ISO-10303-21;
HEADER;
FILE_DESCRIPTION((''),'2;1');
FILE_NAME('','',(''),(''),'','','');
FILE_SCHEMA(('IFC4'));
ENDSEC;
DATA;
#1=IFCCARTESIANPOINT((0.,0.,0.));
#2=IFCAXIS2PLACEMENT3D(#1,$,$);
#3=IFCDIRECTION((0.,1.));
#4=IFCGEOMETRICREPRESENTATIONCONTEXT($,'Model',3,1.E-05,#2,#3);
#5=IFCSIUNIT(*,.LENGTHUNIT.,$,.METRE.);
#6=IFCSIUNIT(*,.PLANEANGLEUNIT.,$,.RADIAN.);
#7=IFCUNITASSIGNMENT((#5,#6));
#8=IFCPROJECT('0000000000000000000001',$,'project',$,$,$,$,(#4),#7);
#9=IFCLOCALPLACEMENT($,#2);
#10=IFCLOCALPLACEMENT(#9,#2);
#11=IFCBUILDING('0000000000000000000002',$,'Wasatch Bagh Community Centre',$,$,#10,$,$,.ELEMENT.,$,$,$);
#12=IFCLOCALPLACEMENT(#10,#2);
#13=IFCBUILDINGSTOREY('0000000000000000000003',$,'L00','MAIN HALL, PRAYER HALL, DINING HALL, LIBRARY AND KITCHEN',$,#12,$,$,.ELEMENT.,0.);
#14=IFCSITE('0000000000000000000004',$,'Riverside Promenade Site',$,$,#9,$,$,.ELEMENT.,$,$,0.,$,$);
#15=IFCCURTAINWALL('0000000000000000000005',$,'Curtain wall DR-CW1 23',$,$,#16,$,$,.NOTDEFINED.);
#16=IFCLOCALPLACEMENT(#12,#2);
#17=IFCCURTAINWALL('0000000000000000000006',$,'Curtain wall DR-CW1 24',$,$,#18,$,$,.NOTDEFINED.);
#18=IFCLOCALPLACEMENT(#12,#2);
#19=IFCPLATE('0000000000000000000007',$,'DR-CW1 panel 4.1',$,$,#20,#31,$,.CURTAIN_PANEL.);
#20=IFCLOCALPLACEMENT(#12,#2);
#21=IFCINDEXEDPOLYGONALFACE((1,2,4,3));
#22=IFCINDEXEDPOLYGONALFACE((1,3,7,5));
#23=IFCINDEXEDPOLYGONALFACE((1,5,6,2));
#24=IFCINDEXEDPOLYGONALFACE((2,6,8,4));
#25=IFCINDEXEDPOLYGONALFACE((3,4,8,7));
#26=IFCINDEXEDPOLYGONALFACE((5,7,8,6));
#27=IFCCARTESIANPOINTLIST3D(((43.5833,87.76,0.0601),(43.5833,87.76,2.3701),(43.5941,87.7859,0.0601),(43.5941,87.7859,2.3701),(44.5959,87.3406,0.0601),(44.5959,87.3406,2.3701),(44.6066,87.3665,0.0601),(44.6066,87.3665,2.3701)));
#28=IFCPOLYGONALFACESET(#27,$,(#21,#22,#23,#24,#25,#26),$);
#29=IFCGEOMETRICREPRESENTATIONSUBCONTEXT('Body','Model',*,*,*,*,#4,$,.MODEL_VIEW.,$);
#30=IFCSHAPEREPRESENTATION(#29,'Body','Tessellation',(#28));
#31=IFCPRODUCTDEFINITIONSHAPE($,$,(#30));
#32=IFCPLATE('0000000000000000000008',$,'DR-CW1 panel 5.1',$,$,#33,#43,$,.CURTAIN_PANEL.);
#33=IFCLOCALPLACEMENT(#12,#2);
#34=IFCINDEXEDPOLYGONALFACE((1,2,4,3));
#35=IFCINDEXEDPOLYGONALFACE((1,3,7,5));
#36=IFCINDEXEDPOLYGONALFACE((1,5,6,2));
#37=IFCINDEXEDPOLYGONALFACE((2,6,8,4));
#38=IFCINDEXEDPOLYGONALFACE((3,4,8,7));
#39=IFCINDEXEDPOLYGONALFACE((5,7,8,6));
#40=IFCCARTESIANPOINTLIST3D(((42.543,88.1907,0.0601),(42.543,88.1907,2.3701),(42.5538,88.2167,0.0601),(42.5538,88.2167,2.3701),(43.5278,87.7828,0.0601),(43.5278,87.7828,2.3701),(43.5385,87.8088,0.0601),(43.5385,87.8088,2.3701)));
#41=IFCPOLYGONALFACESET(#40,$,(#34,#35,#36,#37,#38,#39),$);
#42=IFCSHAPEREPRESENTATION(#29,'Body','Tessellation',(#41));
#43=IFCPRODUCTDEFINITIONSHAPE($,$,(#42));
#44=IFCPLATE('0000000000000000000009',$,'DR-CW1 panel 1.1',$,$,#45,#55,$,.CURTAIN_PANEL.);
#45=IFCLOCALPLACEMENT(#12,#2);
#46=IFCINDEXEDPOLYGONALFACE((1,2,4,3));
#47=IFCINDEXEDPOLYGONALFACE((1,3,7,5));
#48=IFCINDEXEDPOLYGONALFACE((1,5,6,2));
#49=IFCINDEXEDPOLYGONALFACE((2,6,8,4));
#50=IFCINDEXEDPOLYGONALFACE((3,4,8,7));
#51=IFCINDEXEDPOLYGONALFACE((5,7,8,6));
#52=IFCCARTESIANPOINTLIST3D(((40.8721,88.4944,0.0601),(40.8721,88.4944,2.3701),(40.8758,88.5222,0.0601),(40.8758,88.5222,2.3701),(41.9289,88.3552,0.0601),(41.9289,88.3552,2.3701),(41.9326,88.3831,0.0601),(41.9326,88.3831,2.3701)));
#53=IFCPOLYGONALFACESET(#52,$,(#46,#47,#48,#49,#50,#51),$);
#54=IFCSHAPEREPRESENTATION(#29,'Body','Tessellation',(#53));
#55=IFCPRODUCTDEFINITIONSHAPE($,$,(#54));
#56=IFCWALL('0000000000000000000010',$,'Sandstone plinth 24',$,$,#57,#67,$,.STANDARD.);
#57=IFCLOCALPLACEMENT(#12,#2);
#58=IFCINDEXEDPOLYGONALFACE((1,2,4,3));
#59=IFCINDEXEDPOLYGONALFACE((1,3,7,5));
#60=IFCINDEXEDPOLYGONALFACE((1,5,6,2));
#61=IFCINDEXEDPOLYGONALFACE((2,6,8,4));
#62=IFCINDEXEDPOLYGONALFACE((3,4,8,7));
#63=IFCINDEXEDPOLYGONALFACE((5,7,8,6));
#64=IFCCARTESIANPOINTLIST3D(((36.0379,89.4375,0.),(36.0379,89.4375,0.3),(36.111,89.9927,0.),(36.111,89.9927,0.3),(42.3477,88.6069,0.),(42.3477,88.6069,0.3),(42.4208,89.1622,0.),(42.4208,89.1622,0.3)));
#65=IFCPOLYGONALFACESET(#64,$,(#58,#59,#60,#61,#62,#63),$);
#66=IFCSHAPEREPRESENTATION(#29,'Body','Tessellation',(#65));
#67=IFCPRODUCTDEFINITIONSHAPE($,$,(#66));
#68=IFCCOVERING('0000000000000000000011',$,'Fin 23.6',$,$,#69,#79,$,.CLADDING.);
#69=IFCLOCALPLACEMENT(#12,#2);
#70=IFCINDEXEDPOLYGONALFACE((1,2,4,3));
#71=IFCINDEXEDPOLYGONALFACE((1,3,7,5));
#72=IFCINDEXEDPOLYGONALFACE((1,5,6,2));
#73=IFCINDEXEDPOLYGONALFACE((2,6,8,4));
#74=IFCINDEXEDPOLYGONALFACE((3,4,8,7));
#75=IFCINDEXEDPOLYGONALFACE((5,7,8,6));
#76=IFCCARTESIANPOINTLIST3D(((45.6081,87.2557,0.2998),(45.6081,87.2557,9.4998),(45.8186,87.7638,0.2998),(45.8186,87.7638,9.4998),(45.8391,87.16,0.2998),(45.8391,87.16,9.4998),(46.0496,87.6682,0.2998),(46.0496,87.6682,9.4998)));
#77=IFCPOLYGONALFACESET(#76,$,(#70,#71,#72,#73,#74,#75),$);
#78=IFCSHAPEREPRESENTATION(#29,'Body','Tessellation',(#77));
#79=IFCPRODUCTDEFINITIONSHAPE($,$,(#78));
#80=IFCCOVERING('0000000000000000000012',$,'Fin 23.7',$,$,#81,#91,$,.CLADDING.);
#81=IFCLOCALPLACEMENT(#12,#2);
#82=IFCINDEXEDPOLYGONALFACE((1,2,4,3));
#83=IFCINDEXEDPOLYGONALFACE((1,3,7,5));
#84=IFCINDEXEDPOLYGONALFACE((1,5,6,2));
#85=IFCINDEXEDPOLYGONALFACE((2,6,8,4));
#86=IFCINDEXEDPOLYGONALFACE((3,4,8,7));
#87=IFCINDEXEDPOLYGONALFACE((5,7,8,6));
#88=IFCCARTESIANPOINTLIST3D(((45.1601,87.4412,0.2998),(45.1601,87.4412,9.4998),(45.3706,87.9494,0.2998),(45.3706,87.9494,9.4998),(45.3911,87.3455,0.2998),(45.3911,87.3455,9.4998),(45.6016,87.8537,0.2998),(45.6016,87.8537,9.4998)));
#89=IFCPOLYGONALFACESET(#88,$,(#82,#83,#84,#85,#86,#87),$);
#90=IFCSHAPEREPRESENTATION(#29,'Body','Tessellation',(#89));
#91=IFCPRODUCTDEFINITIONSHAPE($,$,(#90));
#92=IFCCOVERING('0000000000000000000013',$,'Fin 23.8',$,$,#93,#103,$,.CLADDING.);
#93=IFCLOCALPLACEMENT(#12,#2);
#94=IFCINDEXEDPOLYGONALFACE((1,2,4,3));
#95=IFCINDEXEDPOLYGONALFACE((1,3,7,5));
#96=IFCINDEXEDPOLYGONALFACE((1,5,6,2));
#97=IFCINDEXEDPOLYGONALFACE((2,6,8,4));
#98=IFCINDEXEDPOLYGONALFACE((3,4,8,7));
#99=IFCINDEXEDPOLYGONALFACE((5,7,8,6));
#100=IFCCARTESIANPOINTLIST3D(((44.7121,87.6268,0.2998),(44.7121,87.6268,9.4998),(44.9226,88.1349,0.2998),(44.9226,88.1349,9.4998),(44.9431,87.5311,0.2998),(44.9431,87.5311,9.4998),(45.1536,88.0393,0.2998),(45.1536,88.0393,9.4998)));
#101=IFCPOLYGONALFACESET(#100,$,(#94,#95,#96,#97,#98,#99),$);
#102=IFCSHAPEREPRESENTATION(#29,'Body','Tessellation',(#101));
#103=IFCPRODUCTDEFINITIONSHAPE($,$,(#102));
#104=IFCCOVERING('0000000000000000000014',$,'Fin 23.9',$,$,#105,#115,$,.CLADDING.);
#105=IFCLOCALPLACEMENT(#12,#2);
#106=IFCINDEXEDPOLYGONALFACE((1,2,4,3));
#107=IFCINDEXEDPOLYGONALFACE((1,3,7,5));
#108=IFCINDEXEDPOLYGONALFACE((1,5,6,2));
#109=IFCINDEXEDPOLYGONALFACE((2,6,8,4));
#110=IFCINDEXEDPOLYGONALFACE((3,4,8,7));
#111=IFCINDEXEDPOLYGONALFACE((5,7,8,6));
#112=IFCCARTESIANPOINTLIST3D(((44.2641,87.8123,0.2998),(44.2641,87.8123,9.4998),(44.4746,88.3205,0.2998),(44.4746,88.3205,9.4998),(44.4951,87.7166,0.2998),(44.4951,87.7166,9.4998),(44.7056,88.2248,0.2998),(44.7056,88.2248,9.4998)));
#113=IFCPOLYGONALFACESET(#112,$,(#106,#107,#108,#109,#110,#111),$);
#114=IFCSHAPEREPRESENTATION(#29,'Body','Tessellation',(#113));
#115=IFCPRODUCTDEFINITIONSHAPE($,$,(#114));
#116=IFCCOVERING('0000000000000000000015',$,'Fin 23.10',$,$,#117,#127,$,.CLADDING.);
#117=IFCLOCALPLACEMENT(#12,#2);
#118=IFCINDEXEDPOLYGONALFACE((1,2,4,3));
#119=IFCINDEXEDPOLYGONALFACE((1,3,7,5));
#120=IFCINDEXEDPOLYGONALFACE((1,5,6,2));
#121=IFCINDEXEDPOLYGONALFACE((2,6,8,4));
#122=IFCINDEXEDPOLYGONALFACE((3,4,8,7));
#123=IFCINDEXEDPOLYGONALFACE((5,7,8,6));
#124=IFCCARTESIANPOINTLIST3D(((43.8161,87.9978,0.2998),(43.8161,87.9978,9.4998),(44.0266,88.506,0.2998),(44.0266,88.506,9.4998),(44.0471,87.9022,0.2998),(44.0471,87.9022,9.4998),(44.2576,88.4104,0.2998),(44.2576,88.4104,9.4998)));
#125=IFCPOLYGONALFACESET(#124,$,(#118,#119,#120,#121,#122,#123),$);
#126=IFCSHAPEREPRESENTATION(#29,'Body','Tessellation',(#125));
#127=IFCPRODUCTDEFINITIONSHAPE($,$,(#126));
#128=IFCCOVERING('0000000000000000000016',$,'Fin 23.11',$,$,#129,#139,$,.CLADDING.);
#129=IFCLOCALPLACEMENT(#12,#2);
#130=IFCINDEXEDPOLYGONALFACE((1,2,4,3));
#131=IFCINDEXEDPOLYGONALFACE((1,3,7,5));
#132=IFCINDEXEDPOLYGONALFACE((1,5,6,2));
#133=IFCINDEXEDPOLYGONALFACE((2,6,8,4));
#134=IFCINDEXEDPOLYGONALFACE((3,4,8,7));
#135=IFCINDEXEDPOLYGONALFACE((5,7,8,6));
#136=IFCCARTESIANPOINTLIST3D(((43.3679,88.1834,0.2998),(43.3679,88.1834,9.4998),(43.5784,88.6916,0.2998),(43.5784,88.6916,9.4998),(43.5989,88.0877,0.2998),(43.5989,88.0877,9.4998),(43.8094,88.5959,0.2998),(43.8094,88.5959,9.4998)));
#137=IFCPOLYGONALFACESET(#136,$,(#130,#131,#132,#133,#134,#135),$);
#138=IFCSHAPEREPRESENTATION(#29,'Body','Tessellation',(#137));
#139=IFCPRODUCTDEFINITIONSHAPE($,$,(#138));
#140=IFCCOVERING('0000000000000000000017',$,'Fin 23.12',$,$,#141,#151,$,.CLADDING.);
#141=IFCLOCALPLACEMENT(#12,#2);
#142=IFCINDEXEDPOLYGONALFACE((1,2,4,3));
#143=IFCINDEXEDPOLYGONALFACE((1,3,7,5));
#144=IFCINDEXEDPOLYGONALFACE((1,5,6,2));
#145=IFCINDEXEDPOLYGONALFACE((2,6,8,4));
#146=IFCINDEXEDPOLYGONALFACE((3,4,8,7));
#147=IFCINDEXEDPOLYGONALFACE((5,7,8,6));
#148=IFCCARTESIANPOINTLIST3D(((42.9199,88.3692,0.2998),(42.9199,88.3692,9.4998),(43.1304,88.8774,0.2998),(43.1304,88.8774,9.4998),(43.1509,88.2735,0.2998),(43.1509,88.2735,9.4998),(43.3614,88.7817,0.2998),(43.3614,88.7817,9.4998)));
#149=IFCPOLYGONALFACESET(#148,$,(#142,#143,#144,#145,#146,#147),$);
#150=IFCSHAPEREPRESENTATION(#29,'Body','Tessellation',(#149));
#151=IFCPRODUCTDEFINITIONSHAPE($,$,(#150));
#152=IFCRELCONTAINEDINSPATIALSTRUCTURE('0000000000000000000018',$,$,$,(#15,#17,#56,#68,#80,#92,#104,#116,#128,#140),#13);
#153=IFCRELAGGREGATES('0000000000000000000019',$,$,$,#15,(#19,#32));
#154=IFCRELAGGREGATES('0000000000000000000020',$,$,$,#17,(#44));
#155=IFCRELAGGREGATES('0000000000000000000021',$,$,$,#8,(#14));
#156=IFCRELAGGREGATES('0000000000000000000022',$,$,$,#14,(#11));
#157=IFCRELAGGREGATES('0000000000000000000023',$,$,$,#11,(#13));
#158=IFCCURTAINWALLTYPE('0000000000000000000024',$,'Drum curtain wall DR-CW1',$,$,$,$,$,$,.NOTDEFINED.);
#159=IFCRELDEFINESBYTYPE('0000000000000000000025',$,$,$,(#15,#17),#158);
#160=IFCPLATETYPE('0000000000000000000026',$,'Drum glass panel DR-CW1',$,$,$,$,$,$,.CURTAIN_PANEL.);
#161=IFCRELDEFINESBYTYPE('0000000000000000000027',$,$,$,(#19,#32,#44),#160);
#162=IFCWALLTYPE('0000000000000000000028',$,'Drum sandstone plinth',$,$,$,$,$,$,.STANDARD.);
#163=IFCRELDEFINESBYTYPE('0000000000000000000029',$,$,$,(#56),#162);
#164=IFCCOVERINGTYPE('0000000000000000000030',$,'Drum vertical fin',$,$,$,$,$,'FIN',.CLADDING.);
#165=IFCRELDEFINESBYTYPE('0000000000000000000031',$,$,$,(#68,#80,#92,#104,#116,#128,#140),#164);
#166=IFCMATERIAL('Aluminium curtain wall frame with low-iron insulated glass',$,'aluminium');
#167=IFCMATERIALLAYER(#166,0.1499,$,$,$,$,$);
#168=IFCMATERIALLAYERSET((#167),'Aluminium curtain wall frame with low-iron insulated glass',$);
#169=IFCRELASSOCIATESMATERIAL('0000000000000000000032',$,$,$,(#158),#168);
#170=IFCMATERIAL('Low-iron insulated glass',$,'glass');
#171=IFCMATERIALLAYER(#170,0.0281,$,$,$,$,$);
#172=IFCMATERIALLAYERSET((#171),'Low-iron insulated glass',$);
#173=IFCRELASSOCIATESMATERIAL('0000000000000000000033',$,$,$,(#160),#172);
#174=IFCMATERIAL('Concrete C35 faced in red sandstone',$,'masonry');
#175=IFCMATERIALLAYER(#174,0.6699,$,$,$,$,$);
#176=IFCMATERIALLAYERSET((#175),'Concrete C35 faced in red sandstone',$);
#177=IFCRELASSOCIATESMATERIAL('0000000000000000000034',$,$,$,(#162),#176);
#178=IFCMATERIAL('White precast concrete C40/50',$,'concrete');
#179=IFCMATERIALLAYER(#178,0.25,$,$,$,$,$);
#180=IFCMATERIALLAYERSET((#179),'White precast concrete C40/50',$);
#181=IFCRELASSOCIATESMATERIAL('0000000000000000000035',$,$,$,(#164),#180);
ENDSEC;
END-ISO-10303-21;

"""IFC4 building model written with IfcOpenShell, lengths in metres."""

from ifc_helpers import new_model, si_unit, direction, frame, frame_2d, origin, origin_2d, place, context, subcontext, project, spatial, rectangle, extrude, material, layer, layer_set, type_object, element, aggregate, save


model = new_model("IFC4")

# Units and contexts
model_context = context("Model", 3, precision=1e-05, world=origin(), true_north=direction((0.0, 1.0)))
body_context = subcontext(model_context, "Body", "Model", "MODEL_VIEW")
ifc_project = project(units=[si_unit("LENGTHUNIT", "METRE"), si_unit("PLANEANGLEUNIT", "RADIAN")], contexts=[model_context])

# Site, building, storey
site_placement = place(None, origin())
site = spatial("IfcSite", under=ifc_project, at=site_placement, Name="Riverside Promenade Site", CompositionType="ELEMENT", RefElevation=0.0)
building_placement = place(site_placement, origin())
building = spatial("IfcBuilding", under=site, at=building_placement, Name="Wasatch Bagh Community Centre", CompositionType="ELEMENT")
storey_placement = place(building_placement, origin())
storey = spatial("IfcBuildingStorey", under=building, at=storey_placement, Name="L00", Description="MAIN HALL, PRAYER HALL, DINING HALL, LIBRARY AND KITCHEN", CompositionType="ELEMENT", Elevation=0.0)

# Curtain walls
ifc_material_1 = material(Name="Aluminium curtain wall frame with low-iron insulated glass", Category="aluminium")
ifc_layer_1 = layer(ifc_material_1, 0.1499)
ifc_layer_set_1 = layer_set([ifc_layer_1], Name="Aluminium curtain wall frame with low-iron insulated glass")
curtain_wall_type = type_object("IfcCurtainWallType", Name="Drum curtain wall DR-CW1", PredefinedType="NOTDEFINED", material=ifc_layer_set_1)
curtain_wall_1_placement = place(storey_placement, origin())
curtain_wall_1 = element("IfcCurtainWall", 1, at=curtain_wall_1_placement, inside=storey, type_object=curtain_wall_type, Name="Curtain wall DR-CW1 23", PredefinedType="NOTDEFINED")
curtain_wall_2_placement = place(storey_placement, origin())
curtain_wall_2 = element("IfcCurtainWall", 2, at=curtain_wall_2_placement, inside=storey, type_object=curtain_wall_type, Name="Curtain wall DR-CW1 24", PredefinedType="NOTDEFINED")

# Plates
ifc_material_2 = material(Name="Low-iron insulated glass", Category="glass")
ifc_layer_2 = layer(ifc_material_2, 0.0281)
ifc_layer_set_2 = layer_set([ifc_layer_2], Name="Low-iron insulated glass")
plate_type = type_object("IfcPlateType", Name="Drum glass panel DR-CW1", PredefinedType="CURTAIN_PANEL", material=ifc_layer_set_2)
plate_1_placement = place(storey_placement, frame((44.095, 87.5632, 0.0601), z_axis=(0.0, 0.0, 1.0), x_axis=(-0.92388, 0.382683, 0.0)))
plate_1 = element("IfcPlate", 3, at=plate_1_placement, type_object=plate_type, Name="DR-CW1 panel 4.1", PredefinedType="CURTAIN_PANEL", context=body_context, shape_type="SweptSolid", body=[
    extrude(rectangle(XDim=1.0959, YDim=0.0281, at=origin_2d()), origin(), (0.0, 0.0, 1.0), 2.3101),
])
plate_2_placement = place(storey_placement, frame((43.0408, 87.9998, 0.0601), z_axis=(0.0, 0.0, 1.0), x_axis=(-0.92388, 0.382683, 0.0)))
plate_2 = element("IfcPlate", 4, at=plate_2_placement, type_object=plate_type, Name="DR-CW1 panel 5.1", PredefinedType="CURTAIN_PANEL", context=body_context, shape_type="SweptSolid", body=[
    extrude(rectangle(XDim=1.0659, YDim=0.0281, at=origin_2d()), origin(), (0.0, 0.0, 1.0), 2.3101),
])
aggregate(curtain_wall_1, [plate_1, plate_2])
plate_3_placement = place(storey_placement, frame((41.4023, 88.4387, 0.0601), z_axis=(0.0, 0.0, 1.0), x_axis=(-0.991445, 0.130526, 0.0)))
plate_3 = element("IfcPlate", 5, at=plate_3_placement, type_object=plate_type, Name="DR-CW1 panel 1.1", PredefinedType="CURTAIN_PANEL", context=body_context, shape_type="SweptSolid", body=[
    extrude(rectangle(XDim=1.0659, YDim=0.0281, at=origin_2d()), origin(), (0.0, 0.0, 1.0), 2.3101),
])
aggregate(curtain_wall_2, [plate_3])

# Wall
ifc_material_3 = material(Name="Concrete C35 faced in red sandstone", Category="masonry")
ifc_layer_3 = layer(ifc_material_3, 0.6699)
ifc_layer_set_3 = layer_set([ifc_layer_3], Name="Concrete C35 faced in red sandstone")
wall_type = type_object("IfcWallType", Name="Drum sandstone plinth", PredefinedType="STANDARD", material=ifc_layer_set_3)
wall_placement = place(storey_placement, frame((42.3843, 88.8845, 0.0), z_axis=(0.0, 0.0, 1.0), x_axis=(-0.991448, 0.130505, 0.0)))
element("IfcWall", 6, at=wall_placement, inside=storey, type_object=wall_type, Name="Sandstone plinth 24", PredefinedType="STANDARD", context=body_context, shape_type="SweptSolid", body=[
    extrude(rectangle(XDim=6.3643, YDim=0.5601, at=frame_2d((3.1821, 0.0))), origin(), (0.0, 0.0, 1.0), 0.3),
])

# Coverings
ifc_material_4 = material(Name="White precast concrete C40/50", Category="concrete")
ifc_layer_4 = layer(ifc_material_4, 0.25)
ifc_layer_set_4 = layer_set([ifc_layer_4], Name="White precast concrete C40/50")
covering_type = type_object("IfcCoveringType", Name="Drum vertical fin", ElementType="FIN", PredefinedType="CLADDING", material=ifc_layer_set_4)
for number, where, z_axis, x_axis, name in (
    (7, (45.8289, 87.4619, 0.2998), (0.0, 0.0, 1.0), (-0.92388, 0.382683, 0.0), "Fin 23.6"),
    (8, (45.3809, 87.6475, 0.2998), (0.0, 0.0, 1.0), (-0.92388, 0.382683, 0.0), "Fin 23.7"),
    (9, (44.9329, 87.833, 0.2998), (0.0, 0.0, 1.0), (-0.92388, 0.382683, 0.0), "Fin 23.8"),
    (10, (44.4849, 88.0186, 0.2998), (0.0, 0.0, 1.0), (-0.92388, 0.382683, 0.0), "Fin 23.9"),
    (11, (44.0369, 88.2041, 0.2998), (0.0, 0.0, 1.0), (-0.92388, 0.382683, 0.0), "Fin 23.10"),
    (12, (43.5886, 88.3896, 0.2998), (0.0, 0.0, 1.0), (-0.92388, 0.382683, 0.0), "Fin 23.11"),
    (13, (43.1406, 88.5754, 0.2998), (0.0, 0.0, 1.0), (-0.92388, 0.382683, 0.0), "Fin 23.12"),
):
    element("IfcCovering", number, at=place(storey_placement, frame(where, z_axis=z_axis, x_axis=x_axis)), inside=storey, type_object=covering_type, Name=name, PredefinedType="CLADDING", context=body_context, shape_type="SweptSolid", body=[
        extrude(rectangle(XDim=0.25, YDim=0.55, at=origin_2d()), origin(), (0.0, 0.0, 1.0), 9.2),
    ])

save(model, "model.ifc")
